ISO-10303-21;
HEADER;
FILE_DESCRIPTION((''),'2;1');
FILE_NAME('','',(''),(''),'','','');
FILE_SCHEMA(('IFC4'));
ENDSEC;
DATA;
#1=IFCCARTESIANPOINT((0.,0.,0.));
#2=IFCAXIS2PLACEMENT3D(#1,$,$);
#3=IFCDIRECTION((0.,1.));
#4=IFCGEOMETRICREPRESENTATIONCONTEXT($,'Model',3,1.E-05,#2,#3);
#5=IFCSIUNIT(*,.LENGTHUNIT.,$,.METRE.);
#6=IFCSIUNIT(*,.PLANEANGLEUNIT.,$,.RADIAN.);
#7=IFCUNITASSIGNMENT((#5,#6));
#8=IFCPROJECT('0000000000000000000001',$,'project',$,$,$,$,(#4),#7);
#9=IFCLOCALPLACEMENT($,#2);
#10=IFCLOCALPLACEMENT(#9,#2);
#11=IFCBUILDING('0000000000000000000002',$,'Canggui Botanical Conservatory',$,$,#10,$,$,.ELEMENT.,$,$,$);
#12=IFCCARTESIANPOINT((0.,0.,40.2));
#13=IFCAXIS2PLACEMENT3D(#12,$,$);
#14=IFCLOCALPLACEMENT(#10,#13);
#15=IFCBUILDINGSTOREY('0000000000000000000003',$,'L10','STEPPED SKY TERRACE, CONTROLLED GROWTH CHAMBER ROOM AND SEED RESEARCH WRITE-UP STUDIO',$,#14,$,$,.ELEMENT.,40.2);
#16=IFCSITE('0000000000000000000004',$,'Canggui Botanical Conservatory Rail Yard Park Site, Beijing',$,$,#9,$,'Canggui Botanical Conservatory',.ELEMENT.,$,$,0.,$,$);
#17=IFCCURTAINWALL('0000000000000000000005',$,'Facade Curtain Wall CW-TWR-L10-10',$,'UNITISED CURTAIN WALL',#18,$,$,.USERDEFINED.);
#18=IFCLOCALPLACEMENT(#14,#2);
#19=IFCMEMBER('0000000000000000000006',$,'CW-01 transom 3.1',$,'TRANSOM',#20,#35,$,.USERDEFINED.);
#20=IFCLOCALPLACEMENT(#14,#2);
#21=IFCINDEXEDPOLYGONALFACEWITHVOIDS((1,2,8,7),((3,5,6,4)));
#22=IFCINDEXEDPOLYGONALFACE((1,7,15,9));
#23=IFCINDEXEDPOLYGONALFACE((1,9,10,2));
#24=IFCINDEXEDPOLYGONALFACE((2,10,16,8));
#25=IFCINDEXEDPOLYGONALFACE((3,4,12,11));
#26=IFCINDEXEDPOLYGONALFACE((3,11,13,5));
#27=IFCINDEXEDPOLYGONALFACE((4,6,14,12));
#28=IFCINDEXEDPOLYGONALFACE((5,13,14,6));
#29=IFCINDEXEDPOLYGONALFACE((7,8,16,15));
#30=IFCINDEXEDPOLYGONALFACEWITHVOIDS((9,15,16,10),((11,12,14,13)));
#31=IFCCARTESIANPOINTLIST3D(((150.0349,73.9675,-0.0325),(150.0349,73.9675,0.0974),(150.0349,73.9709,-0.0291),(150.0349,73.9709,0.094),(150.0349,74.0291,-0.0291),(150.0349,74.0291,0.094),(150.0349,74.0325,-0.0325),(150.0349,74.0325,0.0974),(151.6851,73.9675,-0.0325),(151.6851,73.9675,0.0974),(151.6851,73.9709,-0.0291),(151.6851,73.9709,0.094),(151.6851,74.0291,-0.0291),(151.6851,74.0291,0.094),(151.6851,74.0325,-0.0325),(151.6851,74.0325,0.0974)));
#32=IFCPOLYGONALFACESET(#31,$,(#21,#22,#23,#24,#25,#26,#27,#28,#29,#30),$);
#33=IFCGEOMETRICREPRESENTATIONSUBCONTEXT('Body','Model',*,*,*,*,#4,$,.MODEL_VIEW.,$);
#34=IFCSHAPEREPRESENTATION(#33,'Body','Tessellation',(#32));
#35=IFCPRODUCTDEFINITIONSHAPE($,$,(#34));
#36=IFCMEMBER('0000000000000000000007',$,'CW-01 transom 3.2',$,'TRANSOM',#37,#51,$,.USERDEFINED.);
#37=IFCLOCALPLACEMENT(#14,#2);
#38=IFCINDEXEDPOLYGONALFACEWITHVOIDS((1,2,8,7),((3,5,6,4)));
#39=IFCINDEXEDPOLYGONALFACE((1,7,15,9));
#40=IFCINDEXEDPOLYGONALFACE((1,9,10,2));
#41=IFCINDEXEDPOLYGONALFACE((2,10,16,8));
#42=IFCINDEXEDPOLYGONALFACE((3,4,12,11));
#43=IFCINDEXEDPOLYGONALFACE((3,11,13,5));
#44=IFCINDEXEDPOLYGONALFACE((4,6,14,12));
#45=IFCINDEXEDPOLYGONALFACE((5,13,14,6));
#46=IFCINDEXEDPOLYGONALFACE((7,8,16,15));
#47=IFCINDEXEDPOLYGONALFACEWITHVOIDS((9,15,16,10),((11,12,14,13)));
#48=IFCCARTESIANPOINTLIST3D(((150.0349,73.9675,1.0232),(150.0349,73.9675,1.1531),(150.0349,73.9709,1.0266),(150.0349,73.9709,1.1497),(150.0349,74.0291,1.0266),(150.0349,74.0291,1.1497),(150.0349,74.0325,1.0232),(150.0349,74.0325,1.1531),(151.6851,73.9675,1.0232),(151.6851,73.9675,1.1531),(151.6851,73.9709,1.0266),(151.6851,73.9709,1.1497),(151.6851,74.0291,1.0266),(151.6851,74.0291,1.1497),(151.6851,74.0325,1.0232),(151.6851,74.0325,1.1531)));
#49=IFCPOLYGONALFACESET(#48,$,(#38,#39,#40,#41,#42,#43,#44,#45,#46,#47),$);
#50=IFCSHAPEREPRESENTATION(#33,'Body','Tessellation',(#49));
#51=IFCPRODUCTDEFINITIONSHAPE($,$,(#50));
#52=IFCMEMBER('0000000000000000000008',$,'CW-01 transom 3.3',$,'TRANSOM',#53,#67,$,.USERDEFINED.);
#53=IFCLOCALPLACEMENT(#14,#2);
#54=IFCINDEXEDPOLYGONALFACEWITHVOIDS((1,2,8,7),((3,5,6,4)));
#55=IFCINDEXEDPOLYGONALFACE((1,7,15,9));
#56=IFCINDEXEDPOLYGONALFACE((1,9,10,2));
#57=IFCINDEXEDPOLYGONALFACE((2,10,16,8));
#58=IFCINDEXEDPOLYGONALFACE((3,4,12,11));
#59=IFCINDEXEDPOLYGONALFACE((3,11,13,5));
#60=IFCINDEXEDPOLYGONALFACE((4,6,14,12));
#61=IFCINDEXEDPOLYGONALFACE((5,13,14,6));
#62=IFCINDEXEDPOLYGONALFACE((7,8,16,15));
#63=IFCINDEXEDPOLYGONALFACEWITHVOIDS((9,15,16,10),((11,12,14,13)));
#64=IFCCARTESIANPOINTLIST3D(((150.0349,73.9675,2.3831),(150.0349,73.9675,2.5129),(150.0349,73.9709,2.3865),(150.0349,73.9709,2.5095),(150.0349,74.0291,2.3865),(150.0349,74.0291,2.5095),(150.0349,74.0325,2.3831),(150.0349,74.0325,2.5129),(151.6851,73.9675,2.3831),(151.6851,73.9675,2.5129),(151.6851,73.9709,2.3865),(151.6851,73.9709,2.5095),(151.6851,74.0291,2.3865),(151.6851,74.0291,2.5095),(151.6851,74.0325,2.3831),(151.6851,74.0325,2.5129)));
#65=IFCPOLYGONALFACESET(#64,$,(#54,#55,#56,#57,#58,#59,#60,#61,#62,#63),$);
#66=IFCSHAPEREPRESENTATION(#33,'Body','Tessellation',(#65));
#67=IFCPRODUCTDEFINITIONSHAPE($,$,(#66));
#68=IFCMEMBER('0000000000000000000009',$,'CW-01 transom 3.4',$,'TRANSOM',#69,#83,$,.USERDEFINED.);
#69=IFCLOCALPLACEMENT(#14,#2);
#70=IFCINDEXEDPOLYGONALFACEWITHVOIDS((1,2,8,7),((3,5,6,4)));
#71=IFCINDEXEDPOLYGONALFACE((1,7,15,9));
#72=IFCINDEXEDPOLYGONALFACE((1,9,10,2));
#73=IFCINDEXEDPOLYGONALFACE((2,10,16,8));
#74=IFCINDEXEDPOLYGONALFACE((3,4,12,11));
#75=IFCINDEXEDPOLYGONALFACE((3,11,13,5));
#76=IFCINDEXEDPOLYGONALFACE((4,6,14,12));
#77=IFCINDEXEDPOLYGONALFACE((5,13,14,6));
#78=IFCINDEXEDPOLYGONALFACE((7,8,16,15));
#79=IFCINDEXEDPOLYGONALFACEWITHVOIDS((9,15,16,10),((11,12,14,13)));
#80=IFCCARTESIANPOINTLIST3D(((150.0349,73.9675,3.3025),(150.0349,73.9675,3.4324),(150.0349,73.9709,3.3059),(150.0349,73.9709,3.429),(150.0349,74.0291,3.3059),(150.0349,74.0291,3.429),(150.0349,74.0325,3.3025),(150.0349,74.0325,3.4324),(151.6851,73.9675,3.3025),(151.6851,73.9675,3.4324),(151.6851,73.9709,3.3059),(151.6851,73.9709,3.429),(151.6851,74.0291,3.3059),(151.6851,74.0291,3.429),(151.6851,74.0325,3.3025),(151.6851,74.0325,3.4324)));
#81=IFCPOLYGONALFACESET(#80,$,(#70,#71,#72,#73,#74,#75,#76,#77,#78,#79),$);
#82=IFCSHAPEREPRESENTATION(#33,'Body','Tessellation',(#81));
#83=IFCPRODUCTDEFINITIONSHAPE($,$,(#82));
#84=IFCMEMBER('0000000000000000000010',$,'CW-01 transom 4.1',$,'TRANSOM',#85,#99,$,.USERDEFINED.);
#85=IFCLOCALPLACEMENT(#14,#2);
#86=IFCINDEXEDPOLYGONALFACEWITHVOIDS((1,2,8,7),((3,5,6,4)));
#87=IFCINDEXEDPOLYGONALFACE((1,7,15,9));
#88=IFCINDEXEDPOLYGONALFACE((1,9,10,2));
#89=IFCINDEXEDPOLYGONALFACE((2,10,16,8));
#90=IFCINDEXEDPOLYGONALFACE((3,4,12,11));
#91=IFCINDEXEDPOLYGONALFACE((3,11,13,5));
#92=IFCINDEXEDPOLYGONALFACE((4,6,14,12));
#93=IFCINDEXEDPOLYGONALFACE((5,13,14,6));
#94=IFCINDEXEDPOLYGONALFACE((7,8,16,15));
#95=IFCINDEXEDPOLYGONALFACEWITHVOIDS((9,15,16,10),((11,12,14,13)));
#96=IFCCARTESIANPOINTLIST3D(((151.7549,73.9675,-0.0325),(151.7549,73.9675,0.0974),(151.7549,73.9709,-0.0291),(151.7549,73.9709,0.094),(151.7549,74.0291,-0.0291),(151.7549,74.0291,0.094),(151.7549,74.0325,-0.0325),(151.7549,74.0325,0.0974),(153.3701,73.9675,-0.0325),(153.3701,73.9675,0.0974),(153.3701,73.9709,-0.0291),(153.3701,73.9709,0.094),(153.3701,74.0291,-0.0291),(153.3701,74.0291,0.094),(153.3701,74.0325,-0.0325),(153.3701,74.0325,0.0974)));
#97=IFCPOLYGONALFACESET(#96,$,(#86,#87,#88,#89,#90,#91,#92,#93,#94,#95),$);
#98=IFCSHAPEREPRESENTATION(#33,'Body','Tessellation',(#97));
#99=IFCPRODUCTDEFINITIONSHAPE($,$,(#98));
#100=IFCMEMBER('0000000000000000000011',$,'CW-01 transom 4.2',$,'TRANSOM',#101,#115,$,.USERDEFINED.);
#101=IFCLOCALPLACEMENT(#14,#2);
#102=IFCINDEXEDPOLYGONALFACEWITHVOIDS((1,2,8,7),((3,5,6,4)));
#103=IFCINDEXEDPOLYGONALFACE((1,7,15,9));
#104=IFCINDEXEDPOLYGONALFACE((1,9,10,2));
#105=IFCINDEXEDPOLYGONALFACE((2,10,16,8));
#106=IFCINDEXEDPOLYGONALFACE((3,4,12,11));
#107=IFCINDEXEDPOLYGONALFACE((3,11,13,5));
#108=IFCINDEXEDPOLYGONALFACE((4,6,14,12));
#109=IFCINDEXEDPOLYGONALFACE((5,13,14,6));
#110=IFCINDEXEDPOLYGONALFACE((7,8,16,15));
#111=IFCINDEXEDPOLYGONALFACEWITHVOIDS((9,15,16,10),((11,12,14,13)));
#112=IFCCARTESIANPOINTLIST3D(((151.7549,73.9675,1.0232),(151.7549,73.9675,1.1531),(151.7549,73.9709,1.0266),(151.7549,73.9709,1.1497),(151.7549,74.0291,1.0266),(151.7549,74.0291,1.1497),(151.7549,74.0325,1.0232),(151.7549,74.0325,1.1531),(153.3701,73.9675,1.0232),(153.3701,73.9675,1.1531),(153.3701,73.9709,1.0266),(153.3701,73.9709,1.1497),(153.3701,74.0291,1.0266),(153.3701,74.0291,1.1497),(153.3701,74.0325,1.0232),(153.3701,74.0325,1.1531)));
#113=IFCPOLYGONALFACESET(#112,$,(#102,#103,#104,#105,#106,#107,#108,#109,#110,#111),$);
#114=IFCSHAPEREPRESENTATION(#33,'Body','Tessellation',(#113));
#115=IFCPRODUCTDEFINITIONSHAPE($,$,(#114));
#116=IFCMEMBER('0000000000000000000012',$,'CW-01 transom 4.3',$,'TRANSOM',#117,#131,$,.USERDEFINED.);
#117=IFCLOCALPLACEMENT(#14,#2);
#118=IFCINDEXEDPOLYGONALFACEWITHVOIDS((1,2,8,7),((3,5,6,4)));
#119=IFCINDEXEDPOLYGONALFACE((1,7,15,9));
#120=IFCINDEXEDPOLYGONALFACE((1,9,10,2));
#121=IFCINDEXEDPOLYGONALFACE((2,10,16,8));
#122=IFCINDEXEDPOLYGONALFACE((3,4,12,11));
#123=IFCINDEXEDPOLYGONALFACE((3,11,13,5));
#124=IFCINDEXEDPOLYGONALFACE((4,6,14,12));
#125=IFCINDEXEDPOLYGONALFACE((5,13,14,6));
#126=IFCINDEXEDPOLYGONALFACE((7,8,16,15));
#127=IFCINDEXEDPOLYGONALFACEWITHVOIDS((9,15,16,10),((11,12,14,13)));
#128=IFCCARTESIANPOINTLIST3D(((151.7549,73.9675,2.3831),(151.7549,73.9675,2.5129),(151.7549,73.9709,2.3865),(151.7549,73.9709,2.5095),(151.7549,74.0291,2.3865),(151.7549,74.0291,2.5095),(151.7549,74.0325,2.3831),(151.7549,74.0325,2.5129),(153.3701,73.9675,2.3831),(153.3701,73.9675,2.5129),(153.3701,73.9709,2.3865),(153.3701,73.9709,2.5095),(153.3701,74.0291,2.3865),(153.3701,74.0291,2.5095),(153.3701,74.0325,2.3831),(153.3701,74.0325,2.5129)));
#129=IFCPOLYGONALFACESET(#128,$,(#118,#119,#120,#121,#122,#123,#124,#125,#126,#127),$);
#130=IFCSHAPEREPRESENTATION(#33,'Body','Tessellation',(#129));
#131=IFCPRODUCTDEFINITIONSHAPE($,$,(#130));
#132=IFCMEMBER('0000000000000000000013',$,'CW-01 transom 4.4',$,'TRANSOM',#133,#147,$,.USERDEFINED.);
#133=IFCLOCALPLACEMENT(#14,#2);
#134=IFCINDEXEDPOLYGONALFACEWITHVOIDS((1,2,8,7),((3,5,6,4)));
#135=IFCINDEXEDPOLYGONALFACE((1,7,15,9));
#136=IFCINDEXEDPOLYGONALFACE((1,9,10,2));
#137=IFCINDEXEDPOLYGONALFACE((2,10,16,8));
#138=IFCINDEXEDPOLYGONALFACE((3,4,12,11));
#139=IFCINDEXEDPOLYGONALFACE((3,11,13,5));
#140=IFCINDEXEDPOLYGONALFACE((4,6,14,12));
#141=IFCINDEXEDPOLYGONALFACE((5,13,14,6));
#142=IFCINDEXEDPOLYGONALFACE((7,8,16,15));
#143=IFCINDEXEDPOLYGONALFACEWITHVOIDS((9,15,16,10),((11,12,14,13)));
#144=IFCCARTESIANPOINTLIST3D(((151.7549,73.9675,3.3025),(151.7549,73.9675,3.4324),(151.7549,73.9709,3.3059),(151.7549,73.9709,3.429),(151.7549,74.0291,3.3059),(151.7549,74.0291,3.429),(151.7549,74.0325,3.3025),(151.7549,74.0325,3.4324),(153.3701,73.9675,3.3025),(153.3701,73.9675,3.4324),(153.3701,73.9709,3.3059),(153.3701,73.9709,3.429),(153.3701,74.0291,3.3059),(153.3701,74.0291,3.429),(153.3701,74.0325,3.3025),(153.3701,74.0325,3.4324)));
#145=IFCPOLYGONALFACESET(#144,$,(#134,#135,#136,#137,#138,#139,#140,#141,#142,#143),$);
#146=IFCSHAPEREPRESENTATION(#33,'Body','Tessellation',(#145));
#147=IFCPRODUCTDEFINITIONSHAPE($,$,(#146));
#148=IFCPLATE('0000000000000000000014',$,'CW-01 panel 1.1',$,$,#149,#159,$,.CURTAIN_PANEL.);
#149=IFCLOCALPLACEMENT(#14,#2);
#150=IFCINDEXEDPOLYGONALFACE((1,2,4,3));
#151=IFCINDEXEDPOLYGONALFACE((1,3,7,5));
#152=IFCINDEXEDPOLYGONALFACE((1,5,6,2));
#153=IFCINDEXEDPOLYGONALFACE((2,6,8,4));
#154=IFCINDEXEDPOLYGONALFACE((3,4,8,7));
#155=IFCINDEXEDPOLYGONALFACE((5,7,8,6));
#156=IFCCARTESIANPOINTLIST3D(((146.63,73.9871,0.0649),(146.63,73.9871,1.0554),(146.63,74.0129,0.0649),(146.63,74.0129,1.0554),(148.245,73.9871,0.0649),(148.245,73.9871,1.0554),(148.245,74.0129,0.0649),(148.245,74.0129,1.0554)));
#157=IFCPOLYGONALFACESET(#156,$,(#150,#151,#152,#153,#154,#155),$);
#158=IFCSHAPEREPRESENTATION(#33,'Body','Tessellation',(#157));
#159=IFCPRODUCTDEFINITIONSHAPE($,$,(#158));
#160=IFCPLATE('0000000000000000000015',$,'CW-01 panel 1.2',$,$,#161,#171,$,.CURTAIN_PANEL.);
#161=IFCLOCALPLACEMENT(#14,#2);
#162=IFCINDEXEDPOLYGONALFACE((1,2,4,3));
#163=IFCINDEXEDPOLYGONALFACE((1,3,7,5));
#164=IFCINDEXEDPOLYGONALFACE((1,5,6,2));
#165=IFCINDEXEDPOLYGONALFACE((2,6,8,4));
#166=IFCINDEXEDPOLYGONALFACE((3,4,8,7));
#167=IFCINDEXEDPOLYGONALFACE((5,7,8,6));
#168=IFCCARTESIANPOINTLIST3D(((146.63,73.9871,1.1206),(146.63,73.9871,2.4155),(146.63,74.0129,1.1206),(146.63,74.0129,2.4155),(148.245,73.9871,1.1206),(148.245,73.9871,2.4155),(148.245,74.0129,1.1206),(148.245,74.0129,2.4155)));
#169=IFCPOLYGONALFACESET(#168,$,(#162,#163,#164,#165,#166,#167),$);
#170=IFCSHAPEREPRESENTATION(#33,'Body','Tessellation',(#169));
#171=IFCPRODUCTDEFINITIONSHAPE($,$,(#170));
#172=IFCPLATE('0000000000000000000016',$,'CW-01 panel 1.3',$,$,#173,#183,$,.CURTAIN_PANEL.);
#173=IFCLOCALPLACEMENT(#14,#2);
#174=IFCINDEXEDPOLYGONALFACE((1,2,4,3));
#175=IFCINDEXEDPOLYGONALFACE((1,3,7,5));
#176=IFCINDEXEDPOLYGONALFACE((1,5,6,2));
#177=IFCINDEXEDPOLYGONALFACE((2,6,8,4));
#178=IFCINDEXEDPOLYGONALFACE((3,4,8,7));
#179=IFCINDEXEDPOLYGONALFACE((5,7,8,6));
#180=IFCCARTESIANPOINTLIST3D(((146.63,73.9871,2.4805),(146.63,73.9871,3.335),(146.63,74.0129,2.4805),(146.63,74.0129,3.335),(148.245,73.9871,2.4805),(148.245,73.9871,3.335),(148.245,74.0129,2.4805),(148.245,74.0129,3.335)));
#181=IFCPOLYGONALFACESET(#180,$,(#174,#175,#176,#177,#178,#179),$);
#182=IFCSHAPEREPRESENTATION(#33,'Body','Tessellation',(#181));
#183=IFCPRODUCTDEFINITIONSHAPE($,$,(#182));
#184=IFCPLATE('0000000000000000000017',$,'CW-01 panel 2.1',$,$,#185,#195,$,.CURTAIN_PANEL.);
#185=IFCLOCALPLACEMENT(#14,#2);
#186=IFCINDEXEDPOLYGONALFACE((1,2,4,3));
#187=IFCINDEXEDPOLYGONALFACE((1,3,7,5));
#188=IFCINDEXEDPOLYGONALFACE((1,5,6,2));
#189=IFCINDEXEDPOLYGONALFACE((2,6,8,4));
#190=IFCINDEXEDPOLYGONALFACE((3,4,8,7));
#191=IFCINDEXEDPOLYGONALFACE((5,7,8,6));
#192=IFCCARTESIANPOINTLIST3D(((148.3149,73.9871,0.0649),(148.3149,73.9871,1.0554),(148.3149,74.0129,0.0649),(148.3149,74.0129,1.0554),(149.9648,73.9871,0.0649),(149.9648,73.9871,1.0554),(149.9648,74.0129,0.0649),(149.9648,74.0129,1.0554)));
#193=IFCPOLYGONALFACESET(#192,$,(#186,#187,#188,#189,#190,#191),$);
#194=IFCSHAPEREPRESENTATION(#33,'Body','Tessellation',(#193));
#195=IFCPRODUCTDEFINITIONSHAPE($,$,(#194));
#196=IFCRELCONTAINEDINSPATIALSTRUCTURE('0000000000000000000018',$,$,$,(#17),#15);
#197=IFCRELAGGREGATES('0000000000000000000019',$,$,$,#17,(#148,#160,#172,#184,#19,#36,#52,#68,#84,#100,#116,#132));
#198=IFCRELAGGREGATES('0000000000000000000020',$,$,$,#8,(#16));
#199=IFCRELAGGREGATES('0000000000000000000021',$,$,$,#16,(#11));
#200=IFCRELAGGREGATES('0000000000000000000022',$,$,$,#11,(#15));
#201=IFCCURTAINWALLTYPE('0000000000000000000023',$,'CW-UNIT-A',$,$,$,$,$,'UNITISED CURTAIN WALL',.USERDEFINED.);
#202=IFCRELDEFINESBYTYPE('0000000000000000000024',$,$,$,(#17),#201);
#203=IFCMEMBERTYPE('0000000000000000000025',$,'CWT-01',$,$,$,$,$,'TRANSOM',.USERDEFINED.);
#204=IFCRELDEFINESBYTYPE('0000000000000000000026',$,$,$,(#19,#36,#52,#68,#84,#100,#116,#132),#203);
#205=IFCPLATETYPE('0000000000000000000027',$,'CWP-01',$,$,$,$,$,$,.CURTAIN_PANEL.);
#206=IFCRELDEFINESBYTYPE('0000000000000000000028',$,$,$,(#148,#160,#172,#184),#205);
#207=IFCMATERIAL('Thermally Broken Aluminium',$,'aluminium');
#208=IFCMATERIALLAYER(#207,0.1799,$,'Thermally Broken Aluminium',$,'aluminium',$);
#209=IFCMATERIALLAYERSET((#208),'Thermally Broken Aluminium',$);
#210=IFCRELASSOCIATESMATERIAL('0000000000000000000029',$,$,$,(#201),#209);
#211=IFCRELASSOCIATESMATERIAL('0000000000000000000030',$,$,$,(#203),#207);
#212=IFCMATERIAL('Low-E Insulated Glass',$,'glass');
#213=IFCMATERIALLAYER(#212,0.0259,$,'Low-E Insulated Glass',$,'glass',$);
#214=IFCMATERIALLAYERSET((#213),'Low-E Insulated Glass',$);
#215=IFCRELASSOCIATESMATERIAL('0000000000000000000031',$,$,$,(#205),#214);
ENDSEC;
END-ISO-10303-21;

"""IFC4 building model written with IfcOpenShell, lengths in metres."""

from ifc_helpers import new_model, si_unit, direction, frame, origin, origin_2d, place, context, subcontext, project, spatial, rectangle, hollow_rectangle, extrude, material, layer, layer_set, material_profile, profile_set, type_object, element, aggregate, save


model = new_model("IFC4")

# Units and contexts
model_context = context("Model", 3, precision=1e-05, world=origin(), true_north=direction((0.0, 1.0)))
body_context = subcontext(model_context, "Body", "Model", "MODEL_VIEW")
ifc_project = project(units=[si_unit("LENGTHUNIT", "METRE"), si_unit("PLANEANGLEUNIT", "RADIAN")], contexts=[model_context])

# Site, building, storey
site_placement = place(None, origin())
site = spatial("IfcSite", under=ifc_project, at=site_placement, Name="Canggui Botanical Conservatory Rail Yard Park Site, Beijing", LongName="Canggui Botanical Conservatory", CompositionType="ELEMENT", RefElevation=0.0)
building_placement = place(site_placement, origin())
building = spatial("IfcBuilding", under=site, at=building_placement, Name="Canggui Botanical Conservatory", CompositionType="ELEMENT")
storey_placement = place(building_placement, frame((0.0, 0.0, 40.2)))
storey = spatial("IfcBuildingStorey", under=building, at=storey_placement, Name="L10", Description="STEPPED SKY TERRACE, CONTROLLED GROWTH CHAMBER ROOM AND SEED RESEARCH WRITE-UP STUDIO", CompositionType="ELEMENT", Elevation=40.2)

# Curtain wall, members, plates
ifc_material_1 = material(Name="Thermally Broken Aluminium", Category="aluminium")
ifc_layer_1 = layer(ifc_material_1, 0.1799, Name="Thermally Broken Aluminium", Category="aluminium")
ifc_layer_set_1 = layer_set([ifc_layer_1], Name="Thermally Broken Aluminium")
curtain_wall_type = type_object("IfcCurtainWallType", Name="CW-UNIT-A", ElementType="UNITISED CURTAIN WALL", PredefinedType="USERDEFINED", material=ifc_layer_set_1)
curtain_wall_placement = place(storey_placement, origin())
curtain_wall = element("IfcCurtainWall", 1, at=curtain_wall_placement, inside=storey, type_object=curtain_wall_type, Name="Facade Curtain Wall CW-TWR-L10-10", ObjectType="UNITISED CURTAIN WALL", PredefinedType="USERDEFINED")
ifc_material_profile_1 = material_profile(ifc_material_1, hollow_rectangle(XDim=0.0649, YDim=0.1299, WallThickness=0.0034, at=origin_2d()), Name="CWT 65x130x3.5")
ifc_profile_set_1 = profile_set([ifc_material_profile_1], Name="Thermally Broken Aluminium")
member_type_1 = type_object("IfcMemberType", Name="CWT-01", ElementType="TRANSOM", PredefinedType="USERDEFINED", material=ifc_profile_set_1)
member_1_placement = place(storey_placement, frame((150.0349, 74.0, 0.0325), z_axis=(1.0, 0.0, 0.0), x_axis=(0.0, 1.0, 0.0)))
member_1 = element("IfcMember", 2, at=member_1_placement, type_object=member_type_1, Name="CW-01 transom 3.1", ObjectType="TRANSOM", PredefinedType="USERDEFINED", context=body_context, shape_type="SweptSolid", body=[
    extrude(hollow_rectangle(XDim=0.0649, YDim=0.1299, WallThickness=0.0034, at=origin_2d()), origin(), (0.0, 0.0, 1.0), 1.6501),
])
member_2_placement = place(storey_placement, frame((150.0349, 74.0, 1.0881), z_axis=(1.0, 0.0, 0.0), x_axis=(0.0, 1.0, 0.0)))
member_2 = element("IfcMember", 3, at=member_2_placement, type_object=member_type_1, Name="CW-01 transom 3.2", ObjectType="TRANSOM", PredefinedType="USERDEFINED", context=body_context, shape_type="SweptSolid", body=[
    extrude(hollow_rectangle(XDim=0.0649, YDim=0.1299, WallThickness=0.0034, at=origin_2d()), origin(), (0.0, 0.0, 1.0), 1.6501),
])
member_3_placement = place(storey_placement, frame((150.0349, 74.0, 2.448), z_axis=(1.0, 0.0, 0.0), x_axis=(0.0, 1.0, 0.0)))
member_3 = element("IfcMember", 4, at=member_3_placement, type_object=member_type_1, Name="CW-01 transom 3.3", ObjectType="TRANSOM", PredefinedType="USERDEFINED", context=body_context, shape_type="SweptSolid", body=[
    extrude(hollow_rectangle(XDim=0.0649, YDim=0.1299, WallThickness=0.0034, at=origin_2d()), origin(), (0.0, 0.0, 1.0), 1.6501),
])
member_4_placement = place(storey_placement, frame((150.0349, 74.0, 3.3674), z_axis=(1.0, 0.0, 0.0), x_axis=(0.0, 1.0, 0.0)))
member_4 = element("IfcMember", 5, at=member_4_placement, type_object=member_type_1, Name="CW-01 transom 3.4", ObjectType="TRANSOM", PredefinedType="USERDEFINED", context=body_context, shape_type="SweptSolid", body=[
    extrude(hollow_rectangle(XDim=0.0649, YDim=0.1299, WallThickness=0.0034, at=origin_2d()), origin(), (0.0, 0.0, 1.0), 1.6501),
])
member_5_placement = place(storey_placement, frame((151.7549, 74.0, 0.0325), z_axis=(1.0, 0.0, 0.0), x_axis=(0.0, 1.0, 0.0)))
member_5 = element("IfcMember", 6, at=member_5_placement, type_object=member_type_1, Name="CW-01 transom 4.1", ObjectType="TRANSOM", PredefinedType="USERDEFINED", context=body_context, shape_type="SweptSolid", body=[
    extrude(hollow_rectangle(XDim=0.0649, YDim=0.1299, WallThickness=0.0034, at=origin_2d()), origin(), (0.0, 0.0, 1.0), 1.6152),
])
member_6_placement = place(storey_placement, frame((151.7549, 74.0, 1.0881), z_axis=(1.0, 0.0, 0.0), x_axis=(0.0, 1.0, 0.0)))
member_6 = element("IfcMember", 7, at=member_6_placement, type_object=member_type_1, Name="CW-01 transom 4.2", ObjectType="TRANSOM", PredefinedType="USERDEFINED", context=body_context, shape_type="SweptSolid", body=[
    extrude(hollow_rectangle(XDim=0.0649, YDim=0.1299, WallThickness=0.0034, at=origin_2d()), origin(), (0.0, 0.0, 1.0), 1.6152),
])
member_7_placement = place(storey_placement, frame((151.7549, 74.0, 2.448), z_axis=(1.0, 0.0, 0.0), x_axis=(0.0, 1.0, 0.0)))
member_7 = element("IfcMember", 8, at=member_7_placement, type_object=member_type_1, Name="CW-01 transom 4.3", ObjectType="TRANSOM", PredefinedType="USERDEFINED", context=body_context, shape_type="SweptSolid", body=[
    extrude(hollow_rectangle(XDim=0.0649, YDim=0.1299, WallThickness=0.0034, at=origin_2d()), origin(), (0.0, 0.0, 1.0), 1.6152),
])
member_8_placement = place(storey_placement, frame((151.7549, 74.0, 3.3674), z_axis=(1.0, 0.0, 0.0), x_axis=(0.0, 1.0, 0.0)))
member_8 = element("IfcMember", 9, at=member_8_placement, type_object=member_type_1, Name="CW-01 transom 4.4", ObjectType="TRANSOM", PredefinedType="USERDEFINED", context=body_context, shape_type="SweptSolid", body=[
    extrude(hollow_rectangle(XDim=0.0649, YDim=0.1299, WallThickness=0.0034, at=origin_2d()), origin(), (0.0, 0.0, 1.0), 1.6152),
])
ifc_material_2 = material(Name="Low-E Insulated Glass", Category="glass")
ifc_layer_2 = layer(ifc_material_2, 0.0259, Name="Low-E Insulated Glass", Category="glass")
ifc_layer_set_2 = layer_set([ifc_layer_2], Name="Low-E Insulated Glass")
plate_type = type_object("IfcPlateType", Name="CWP-01", PredefinedType="CURTAIN_PANEL", material=ifc_layer_set_2)
plate_1_placement = place(storey_placement, frame((147.4375, 74.0, 0.0649), z_axis=(0.0, 0.0, 1.0), x_axis=(1.0, 0.0, 0.0)))
plate_1 = element("IfcPlate", 10, at=plate_1_placement, type_object=plate_type, Name="CW-01 panel 1.1", PredefinedType="CURTAIN_PANEL", context=body_context, shape_type="SweptSolid", body=[
    extrude(rectangle(XDim=1.615, YDim=0.0259, at=origin_2d()), origin(), (0.0, 0.0, 1.0), 0.9905),
])
plate_2_placement = place(storey_placement, frame((147.4375, 74.0, 1.1206), z_axis=(0.0, 0.0, 1.0), x_axis=(1.0, 0.0, 0.0)))
plate_2 = element("IfcPlate", 11, at=plate_2_placement, type_object=plate_type, Name="CW-01 panel 1.2", PredefinedType="CURTAIN_PANEL", context=body_context, shape_type="SweptSolid", body=[
    extrude(rectangle(XDim=1.615, YDim=0.0259, at=origin_2d()), origin(), (0.0, 0.0, 1.0), 1.2949),
])
plate_3_placement = place(storey_placement, frame((147.4375, 74.0, 2.4805), z_axis=(0.0, 0.0, 1.0), x_axis=(1.0, 0.0, 0.0)))
plate_3 = element("IfcPlate", 12, at=plate_3_placement, type_object=plate_type, Name="CW-01 panel 1.3", PredefinedType="CURTAIN_PANEL", context=body_context, shape_type="SweptSolid", body=[
    extrude(rectangle(XDim=1.615, YDim=0.0259, at=origin_2d()), origin(), (0.0, 0.0, 1.0), 0.8545),
])
plate_4_placement = place(storey_placement, frame((149.1399, 74.0, 0.0649), z_axis=(0.0, 0.0, 1.0), x_axis=(1.0, 0.0, 0.0)))
plate_4 = element("IfcPlate", 13, at=plate_4_placement, type_object=plate_type, Name="CW-01 panel 2.1", PredefinedType="CURTAIN_PANEL", context=body_context, shape_type="SweptSolid", body=[
    extrude(rectangle(XDim=1.6499, YDim=0.0259, at=origin_2d()), origin(), (0.0, 0.0, 1.0), 0.9905),
])
aggregate(curtain_wall, [plate_1, plate_2, plate_3, plate_4, member_1, member_2, member_3, member_4, member_5, member_6, member_7, member_8])

save(model, "model.ifc")
